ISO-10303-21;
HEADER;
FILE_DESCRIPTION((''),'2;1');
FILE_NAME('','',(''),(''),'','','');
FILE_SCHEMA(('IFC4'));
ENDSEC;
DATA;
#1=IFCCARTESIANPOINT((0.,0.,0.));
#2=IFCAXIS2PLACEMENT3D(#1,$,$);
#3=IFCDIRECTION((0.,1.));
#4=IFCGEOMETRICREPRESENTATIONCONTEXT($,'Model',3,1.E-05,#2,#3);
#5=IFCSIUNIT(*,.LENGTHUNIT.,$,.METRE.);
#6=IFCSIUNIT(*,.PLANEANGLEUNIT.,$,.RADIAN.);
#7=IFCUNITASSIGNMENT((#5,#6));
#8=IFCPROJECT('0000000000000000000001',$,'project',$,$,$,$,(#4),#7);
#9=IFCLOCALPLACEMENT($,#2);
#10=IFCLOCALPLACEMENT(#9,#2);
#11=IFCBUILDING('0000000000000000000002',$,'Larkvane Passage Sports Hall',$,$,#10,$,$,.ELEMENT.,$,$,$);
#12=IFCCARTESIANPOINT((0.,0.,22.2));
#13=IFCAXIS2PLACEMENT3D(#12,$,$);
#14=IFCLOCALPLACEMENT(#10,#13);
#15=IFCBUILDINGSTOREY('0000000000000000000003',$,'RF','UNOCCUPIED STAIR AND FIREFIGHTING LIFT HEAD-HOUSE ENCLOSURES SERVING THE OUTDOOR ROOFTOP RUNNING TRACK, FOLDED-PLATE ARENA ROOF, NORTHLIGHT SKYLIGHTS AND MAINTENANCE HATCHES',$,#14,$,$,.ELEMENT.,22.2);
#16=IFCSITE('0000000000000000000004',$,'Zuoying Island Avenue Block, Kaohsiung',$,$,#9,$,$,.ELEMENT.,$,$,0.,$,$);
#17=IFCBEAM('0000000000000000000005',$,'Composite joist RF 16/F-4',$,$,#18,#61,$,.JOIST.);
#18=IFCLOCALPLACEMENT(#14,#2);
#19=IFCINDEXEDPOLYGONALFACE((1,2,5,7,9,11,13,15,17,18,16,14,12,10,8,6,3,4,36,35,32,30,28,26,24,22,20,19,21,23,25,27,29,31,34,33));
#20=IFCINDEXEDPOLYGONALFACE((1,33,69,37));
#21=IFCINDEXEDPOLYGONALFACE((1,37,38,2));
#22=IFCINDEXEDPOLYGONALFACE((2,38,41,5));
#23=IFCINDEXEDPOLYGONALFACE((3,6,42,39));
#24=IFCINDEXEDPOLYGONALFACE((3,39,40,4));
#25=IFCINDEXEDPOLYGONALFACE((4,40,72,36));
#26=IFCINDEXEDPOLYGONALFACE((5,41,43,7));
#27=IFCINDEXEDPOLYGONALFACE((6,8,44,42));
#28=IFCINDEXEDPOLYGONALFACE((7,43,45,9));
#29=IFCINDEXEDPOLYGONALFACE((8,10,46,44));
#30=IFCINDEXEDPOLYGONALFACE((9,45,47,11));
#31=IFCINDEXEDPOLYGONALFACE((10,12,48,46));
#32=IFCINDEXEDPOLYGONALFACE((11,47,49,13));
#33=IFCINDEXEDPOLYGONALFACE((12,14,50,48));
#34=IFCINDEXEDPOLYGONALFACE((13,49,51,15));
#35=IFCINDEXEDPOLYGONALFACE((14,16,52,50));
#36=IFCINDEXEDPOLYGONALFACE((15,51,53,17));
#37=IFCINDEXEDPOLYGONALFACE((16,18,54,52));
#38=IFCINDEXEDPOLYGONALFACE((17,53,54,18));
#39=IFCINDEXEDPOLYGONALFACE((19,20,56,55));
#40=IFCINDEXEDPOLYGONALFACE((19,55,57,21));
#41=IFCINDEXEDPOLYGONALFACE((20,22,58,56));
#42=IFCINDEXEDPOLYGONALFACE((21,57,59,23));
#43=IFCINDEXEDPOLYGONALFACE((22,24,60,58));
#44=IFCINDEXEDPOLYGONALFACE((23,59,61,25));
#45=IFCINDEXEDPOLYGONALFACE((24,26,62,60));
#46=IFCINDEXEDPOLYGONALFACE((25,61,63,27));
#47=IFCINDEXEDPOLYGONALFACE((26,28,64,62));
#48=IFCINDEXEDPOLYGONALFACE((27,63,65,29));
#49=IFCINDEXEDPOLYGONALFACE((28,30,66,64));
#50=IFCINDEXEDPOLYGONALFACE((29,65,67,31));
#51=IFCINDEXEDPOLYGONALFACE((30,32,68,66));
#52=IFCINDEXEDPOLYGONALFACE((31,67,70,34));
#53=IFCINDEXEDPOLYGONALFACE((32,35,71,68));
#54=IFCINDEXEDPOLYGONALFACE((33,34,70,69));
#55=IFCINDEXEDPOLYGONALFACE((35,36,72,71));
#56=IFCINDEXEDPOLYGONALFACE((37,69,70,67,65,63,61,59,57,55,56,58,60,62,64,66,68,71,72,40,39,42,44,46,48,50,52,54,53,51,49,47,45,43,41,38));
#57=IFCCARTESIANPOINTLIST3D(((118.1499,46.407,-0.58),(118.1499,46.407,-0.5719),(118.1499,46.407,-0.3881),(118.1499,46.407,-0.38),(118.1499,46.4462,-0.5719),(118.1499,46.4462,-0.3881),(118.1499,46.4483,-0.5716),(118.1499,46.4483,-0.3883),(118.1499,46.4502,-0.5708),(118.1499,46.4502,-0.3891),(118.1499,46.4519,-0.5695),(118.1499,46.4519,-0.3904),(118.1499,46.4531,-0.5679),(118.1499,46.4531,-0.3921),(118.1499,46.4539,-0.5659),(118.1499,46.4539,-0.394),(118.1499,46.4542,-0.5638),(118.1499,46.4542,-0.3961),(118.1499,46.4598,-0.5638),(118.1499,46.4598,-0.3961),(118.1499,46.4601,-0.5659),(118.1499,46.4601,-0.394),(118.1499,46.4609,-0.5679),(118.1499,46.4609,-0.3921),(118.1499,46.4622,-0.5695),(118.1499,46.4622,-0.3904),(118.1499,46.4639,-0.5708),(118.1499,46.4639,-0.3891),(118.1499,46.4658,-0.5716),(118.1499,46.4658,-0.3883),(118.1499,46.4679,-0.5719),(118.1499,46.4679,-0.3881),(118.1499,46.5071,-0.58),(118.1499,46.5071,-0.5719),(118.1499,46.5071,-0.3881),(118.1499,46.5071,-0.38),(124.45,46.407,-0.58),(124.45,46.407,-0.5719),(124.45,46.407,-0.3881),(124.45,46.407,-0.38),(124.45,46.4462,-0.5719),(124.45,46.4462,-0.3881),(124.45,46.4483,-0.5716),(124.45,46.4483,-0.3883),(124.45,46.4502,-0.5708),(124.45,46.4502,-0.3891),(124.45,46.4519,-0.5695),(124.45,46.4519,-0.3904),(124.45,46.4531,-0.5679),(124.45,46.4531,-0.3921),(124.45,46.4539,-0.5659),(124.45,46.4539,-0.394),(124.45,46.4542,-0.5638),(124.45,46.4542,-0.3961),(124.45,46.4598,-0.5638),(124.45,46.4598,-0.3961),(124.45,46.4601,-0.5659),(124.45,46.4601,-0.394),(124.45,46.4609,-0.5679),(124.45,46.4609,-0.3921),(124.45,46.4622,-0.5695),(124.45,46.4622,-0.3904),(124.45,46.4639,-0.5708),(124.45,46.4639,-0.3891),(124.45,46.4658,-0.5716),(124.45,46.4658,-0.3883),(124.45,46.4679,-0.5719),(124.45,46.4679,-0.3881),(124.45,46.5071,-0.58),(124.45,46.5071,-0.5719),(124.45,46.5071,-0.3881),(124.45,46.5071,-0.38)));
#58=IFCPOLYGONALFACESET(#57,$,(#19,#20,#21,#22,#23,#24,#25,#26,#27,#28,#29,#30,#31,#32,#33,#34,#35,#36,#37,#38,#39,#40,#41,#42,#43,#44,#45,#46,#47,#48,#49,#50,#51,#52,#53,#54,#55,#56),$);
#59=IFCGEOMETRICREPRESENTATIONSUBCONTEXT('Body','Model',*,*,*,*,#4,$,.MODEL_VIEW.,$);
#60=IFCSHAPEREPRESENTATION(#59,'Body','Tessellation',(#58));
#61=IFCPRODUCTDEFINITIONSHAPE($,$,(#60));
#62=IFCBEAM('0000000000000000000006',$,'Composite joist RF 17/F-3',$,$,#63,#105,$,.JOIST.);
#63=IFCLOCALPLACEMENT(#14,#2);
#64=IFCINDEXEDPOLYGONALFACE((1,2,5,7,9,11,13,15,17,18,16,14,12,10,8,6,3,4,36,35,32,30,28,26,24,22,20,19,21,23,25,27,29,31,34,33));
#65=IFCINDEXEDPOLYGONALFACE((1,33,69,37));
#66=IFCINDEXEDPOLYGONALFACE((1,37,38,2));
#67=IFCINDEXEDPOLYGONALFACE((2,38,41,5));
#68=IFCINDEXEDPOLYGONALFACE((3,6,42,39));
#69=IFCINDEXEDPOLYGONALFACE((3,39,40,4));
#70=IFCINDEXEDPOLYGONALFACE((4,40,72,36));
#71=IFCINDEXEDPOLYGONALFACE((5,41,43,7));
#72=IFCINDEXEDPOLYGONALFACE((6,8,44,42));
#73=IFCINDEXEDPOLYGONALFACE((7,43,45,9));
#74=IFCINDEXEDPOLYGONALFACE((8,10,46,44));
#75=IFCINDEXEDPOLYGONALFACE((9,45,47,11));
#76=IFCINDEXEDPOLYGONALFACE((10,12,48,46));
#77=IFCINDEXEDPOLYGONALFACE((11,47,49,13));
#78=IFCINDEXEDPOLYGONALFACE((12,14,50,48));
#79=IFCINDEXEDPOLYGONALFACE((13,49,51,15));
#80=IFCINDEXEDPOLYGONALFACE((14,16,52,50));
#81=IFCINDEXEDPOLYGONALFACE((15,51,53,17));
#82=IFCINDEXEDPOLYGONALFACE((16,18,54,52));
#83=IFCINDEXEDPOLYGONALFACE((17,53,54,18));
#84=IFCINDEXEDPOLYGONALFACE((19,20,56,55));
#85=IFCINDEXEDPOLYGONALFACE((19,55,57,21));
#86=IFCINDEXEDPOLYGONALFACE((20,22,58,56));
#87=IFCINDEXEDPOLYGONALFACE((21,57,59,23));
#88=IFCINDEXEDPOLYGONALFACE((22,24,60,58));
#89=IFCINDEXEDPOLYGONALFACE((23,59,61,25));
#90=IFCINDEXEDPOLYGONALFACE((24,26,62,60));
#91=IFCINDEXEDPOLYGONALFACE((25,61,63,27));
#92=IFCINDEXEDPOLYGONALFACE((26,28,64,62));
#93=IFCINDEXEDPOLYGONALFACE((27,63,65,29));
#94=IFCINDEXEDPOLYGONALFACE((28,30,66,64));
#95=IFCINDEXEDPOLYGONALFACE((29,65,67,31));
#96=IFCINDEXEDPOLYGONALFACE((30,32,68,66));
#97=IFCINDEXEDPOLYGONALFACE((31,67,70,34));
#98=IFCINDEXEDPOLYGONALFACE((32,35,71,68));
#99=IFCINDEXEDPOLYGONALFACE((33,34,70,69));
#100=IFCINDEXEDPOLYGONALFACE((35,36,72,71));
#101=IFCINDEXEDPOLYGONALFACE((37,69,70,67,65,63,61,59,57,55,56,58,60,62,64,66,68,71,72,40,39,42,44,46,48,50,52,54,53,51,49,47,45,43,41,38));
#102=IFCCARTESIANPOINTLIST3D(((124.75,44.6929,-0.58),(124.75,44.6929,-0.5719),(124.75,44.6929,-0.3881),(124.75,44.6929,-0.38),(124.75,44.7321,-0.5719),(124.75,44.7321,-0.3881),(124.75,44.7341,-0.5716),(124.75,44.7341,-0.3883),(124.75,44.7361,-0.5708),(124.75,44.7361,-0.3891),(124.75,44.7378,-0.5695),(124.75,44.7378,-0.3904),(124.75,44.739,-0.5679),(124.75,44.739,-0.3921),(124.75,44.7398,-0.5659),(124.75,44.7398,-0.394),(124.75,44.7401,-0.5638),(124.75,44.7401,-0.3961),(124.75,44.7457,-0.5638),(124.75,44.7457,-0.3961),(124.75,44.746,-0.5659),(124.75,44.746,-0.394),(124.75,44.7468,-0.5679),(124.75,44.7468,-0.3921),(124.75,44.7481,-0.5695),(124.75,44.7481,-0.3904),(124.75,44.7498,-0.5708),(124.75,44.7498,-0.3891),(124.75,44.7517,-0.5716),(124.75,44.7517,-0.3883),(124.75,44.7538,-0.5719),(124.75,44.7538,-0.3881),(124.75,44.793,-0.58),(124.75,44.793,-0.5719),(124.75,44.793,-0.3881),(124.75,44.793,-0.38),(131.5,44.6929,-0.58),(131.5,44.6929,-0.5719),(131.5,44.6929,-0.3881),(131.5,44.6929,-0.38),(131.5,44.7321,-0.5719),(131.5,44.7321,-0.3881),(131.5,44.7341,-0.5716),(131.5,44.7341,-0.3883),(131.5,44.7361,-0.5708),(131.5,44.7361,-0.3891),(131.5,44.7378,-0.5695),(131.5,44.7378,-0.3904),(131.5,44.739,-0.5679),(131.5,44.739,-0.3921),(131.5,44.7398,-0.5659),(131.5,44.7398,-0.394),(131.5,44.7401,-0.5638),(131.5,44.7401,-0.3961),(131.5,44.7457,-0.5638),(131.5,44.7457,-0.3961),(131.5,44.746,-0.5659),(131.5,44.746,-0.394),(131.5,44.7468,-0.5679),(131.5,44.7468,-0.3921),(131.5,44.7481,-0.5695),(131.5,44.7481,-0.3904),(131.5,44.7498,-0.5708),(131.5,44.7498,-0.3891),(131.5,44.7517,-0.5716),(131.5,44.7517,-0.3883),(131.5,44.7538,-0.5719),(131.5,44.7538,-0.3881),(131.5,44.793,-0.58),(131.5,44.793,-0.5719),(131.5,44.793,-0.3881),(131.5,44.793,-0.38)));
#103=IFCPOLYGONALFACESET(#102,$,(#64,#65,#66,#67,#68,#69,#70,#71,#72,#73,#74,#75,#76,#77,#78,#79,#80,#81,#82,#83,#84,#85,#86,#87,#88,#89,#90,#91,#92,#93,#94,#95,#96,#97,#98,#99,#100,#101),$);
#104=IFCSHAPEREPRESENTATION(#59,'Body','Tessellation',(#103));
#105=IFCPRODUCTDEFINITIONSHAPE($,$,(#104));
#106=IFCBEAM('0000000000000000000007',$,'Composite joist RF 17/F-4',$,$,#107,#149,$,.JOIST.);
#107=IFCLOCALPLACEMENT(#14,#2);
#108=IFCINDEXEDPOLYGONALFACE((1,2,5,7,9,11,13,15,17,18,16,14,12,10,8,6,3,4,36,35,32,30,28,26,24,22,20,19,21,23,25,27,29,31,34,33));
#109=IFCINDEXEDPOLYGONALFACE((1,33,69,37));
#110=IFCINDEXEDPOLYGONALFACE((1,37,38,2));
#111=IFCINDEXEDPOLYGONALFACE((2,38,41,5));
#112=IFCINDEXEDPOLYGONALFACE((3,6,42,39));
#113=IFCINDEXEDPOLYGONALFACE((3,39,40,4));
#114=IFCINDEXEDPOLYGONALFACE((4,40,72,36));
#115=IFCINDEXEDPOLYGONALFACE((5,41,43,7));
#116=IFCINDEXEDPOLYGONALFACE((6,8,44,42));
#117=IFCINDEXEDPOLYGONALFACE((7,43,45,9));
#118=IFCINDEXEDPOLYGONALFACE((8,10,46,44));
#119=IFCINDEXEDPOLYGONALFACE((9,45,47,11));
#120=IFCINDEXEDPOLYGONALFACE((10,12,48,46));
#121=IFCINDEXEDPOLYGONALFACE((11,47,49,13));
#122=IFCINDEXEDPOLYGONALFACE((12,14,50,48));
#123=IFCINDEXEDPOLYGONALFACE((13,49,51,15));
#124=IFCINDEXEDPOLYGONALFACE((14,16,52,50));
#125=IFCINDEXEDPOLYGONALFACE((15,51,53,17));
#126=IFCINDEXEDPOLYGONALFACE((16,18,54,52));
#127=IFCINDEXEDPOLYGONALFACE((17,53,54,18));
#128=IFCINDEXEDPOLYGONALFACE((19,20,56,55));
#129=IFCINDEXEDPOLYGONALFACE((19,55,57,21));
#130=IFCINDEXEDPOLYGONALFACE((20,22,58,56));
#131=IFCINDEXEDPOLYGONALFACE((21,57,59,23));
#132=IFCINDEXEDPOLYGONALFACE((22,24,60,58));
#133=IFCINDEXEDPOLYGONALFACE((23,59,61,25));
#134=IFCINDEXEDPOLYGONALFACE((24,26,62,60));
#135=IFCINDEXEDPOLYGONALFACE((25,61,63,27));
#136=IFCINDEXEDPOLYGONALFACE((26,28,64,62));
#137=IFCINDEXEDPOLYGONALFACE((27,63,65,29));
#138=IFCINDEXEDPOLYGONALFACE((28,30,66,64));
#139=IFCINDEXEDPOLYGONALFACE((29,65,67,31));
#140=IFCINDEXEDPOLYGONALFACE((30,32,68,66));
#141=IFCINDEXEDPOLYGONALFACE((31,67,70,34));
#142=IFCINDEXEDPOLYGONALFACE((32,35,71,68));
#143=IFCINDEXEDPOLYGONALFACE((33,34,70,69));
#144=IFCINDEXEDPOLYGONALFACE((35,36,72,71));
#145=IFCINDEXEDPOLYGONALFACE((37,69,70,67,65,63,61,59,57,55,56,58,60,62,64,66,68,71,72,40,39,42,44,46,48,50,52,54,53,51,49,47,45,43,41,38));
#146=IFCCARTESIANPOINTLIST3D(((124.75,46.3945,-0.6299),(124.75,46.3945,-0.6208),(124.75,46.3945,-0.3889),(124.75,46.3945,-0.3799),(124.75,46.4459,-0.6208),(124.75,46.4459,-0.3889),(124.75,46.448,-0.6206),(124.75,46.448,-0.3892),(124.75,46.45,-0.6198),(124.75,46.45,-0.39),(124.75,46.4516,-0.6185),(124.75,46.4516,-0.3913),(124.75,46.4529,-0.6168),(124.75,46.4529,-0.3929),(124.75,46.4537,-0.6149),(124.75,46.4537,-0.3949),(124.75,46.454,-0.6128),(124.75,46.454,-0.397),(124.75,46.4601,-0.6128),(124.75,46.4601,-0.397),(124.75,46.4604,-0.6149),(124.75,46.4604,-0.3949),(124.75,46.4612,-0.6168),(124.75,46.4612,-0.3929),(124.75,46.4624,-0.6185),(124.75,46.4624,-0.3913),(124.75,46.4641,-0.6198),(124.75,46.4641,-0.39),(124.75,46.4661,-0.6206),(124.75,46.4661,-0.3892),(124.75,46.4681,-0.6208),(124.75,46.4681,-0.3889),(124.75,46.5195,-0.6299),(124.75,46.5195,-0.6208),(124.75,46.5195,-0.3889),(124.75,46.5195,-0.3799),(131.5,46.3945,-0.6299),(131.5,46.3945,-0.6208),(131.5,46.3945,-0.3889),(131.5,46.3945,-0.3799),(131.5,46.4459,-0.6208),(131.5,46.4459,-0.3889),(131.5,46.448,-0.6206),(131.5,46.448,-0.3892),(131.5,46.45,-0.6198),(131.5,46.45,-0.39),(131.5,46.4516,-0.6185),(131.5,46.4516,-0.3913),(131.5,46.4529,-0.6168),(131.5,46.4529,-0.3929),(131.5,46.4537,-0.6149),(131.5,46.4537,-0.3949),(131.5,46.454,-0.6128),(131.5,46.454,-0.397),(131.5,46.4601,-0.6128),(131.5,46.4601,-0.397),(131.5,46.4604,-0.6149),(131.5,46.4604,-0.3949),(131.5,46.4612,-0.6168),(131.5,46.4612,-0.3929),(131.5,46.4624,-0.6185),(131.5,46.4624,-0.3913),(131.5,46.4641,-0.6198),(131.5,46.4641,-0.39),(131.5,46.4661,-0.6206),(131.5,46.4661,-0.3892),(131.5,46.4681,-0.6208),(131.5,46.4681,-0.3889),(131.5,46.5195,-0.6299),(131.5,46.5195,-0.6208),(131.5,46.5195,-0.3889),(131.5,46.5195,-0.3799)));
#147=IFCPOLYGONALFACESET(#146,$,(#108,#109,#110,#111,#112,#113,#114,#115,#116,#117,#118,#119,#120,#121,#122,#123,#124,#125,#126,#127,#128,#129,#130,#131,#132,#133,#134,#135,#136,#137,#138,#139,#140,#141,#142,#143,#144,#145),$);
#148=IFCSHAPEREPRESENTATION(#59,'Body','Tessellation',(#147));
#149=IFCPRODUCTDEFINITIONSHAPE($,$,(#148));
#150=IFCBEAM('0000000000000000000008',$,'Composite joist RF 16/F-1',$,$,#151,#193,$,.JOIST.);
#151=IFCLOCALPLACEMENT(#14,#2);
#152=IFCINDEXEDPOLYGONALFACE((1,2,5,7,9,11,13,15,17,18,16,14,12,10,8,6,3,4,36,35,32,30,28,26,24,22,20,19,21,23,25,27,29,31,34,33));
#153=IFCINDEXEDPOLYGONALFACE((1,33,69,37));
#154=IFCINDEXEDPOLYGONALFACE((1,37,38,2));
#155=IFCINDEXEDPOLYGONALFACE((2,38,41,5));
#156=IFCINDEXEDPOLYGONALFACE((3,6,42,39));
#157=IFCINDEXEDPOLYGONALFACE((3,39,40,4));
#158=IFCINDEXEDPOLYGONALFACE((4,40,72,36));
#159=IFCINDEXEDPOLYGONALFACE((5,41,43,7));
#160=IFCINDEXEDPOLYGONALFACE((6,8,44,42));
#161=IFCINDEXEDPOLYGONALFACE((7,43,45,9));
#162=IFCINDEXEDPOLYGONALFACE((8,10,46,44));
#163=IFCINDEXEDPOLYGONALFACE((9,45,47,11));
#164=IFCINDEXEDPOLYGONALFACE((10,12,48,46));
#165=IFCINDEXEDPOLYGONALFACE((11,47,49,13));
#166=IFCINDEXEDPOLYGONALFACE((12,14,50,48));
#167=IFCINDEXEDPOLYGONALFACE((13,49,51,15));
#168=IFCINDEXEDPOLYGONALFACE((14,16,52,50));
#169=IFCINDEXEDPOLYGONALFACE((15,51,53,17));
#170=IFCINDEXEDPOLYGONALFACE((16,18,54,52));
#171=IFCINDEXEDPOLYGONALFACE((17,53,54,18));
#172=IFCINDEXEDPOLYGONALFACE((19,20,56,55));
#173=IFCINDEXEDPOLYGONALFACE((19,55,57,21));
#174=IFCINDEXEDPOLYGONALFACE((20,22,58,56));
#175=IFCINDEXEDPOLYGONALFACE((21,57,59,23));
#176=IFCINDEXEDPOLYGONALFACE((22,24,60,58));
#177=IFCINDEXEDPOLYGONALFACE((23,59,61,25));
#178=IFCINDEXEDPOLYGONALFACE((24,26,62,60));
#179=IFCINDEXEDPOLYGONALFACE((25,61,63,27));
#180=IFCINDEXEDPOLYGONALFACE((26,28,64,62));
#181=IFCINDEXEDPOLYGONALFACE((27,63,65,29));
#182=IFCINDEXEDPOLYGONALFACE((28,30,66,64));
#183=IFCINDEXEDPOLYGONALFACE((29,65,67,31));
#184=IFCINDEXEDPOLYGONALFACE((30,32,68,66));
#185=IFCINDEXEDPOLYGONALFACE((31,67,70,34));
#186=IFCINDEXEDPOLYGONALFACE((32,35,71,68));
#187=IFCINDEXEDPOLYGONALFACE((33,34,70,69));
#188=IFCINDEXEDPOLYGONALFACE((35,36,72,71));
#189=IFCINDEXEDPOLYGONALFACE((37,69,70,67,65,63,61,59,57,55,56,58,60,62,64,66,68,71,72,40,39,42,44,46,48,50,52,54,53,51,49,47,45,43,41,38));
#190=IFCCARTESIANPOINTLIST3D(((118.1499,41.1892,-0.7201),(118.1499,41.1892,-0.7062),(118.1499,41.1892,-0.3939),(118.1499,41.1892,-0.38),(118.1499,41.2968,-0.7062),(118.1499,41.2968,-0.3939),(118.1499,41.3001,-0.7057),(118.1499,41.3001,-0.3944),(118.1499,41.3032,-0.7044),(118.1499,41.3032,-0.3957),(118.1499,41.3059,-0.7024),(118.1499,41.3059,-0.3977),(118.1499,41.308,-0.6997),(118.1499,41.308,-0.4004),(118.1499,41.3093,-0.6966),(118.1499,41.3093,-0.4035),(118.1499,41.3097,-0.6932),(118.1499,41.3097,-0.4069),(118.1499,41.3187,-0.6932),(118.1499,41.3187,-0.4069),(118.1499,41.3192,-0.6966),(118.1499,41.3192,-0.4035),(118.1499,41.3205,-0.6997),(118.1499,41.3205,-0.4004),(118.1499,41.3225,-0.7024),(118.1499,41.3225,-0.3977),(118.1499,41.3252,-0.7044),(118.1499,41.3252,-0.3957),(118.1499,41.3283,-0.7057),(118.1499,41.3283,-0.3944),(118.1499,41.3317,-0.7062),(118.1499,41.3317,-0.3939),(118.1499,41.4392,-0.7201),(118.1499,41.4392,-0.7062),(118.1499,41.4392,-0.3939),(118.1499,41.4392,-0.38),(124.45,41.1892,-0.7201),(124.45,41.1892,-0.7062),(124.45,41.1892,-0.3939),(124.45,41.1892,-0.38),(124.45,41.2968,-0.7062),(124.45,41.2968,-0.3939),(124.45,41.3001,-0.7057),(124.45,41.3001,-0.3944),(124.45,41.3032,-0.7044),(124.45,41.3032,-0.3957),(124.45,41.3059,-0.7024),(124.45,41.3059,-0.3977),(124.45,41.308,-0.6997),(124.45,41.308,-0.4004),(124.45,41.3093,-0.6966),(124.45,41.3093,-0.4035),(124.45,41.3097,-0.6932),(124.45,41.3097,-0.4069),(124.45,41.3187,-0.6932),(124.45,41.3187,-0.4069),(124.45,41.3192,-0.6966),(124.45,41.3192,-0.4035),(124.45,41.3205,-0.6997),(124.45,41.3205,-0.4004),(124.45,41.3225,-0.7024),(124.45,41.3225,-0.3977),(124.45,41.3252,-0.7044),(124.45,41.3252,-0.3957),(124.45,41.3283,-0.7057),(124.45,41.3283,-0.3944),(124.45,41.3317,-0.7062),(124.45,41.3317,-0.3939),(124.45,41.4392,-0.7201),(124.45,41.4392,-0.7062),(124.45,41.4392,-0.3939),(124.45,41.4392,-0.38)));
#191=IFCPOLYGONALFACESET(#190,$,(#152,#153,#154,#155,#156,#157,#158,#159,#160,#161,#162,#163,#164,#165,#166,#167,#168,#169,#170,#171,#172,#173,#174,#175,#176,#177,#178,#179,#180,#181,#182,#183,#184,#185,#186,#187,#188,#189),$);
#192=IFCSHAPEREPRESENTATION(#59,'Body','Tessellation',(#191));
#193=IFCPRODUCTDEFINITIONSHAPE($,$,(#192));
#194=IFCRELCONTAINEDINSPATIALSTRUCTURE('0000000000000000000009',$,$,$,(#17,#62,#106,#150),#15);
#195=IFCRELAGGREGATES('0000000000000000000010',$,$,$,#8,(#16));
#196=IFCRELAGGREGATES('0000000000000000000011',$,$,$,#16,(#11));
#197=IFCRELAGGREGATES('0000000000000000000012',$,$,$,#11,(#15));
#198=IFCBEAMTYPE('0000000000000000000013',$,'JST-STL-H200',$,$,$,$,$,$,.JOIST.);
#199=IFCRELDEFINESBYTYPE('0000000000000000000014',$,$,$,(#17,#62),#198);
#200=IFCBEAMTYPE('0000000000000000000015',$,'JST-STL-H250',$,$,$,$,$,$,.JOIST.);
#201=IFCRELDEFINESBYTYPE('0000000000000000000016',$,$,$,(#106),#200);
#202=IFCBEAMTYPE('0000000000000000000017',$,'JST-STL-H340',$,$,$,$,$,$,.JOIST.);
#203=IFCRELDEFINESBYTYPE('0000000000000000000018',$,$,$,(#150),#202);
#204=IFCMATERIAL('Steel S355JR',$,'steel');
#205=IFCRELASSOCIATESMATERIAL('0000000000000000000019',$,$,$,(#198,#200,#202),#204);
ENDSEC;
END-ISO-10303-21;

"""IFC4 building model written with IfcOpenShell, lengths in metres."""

from ifc_helpers import new_model, si_unit, direction, frame, origin, origin_2d, place, context, subcontext, project, spatial, i_section, extrude, material, material_profile, profile_set, type_object, element, save


model = new_model("IFC4")

# Units and contexts
model_context = context("Model", 3, precision=1e-05, world=origin(), true_north=direction((0.0, 1.0)))
body_context = subcontext(model_context, "Body", "Model", "MODEL_VIEW")
ifc_project = project(units=[si_unit("LENGTHUNIT", "METRE"), si_unit("PLANEANGLEUNIT", "RADIAN")], contexts=[model_context])

# Site, building, storey
site_placement = place(None, origin())
site = spatial("IfcSite", under=ifc_project, at=site_placement, Name="Zuoying Island Avenue Block, Kaohsiung", CompositionType="ELEMENT", RefElevation=0.0)
building_placement = place(site_placement, origin())
building = spatial("IfcBuilding", under=site, at=building_placement, Name="Larkvane Passage Sports Hall", CompositionType="ELEMENT")
storey_placement = place(building_placement, frame((0.0, 0.0, 22.2)))
storey = spatial("IfcBuildingStorey", under=building, at=storey_placement, Name="RF", Description="UNOCCUPIED STAIR AND FIREFIGHTING LIFT HEAD-HOUSE ENCLOSURES SERVING THE OUTDOOR ROOFTOP RUNNING TRACK, FOLDED-PLATE ARENA ROOF, NORTHLIGHT SKYLIGHTS AND MAINTENANCE HATCHES", CompositionType="ELEMENT", Elevation=22.2)

# Beams
ifc_material_1 = material(Name="Steel S355JR", Category="steel")
ifc_material_profile_1 = material_profile(ifc_material_1, i_section(OverallWidth=0.1001, OverallDepth=0.2, WebThickness=0.0056, FlangeThickness=0.0081, FilletRadius=0.0081, at=origin_2d()), Name="H-200x100x5.5x8")
ifc_profile_set_1 = profile_set([ifc_material_profile_1], Name="Steel S355JR")
beam_type_1 = type_object("IfcBeamType", Name="JST-STL-H200", PredefinedType="JOIST", material=ifc_profile_set_1)
beam_1_placement = place(storey_placement, frame((118.1499, 46.457, -0.48), z_axis=(1.0, 0.0, 0.0), x_axis=(0.0, 1.0, 0.0)))
element("IfcBeam", 1, at=beam_1_placement, inside=storey, type_object=beam_type_1, Name="Composite joist RF 16/F-4", PredefinedType="JOIST", context=body_context, shape_type="SweptSolid", body=[
    extrude(i_section(OverallWidth=0.1001, OverallDepth=0.2, WebThickness=0.0056, FlangeThickness=0.0081, FilletRadius=0.0081, at=origin_2d()), origin(), (0.0, 0.0, 1.0), 6.3),
])
beam_2_placement = place(storey_placement, frame((124.75, 44.7429, -0.48), z_axis=(1.0, 0.0, 0.0), x_axis=(0.0, 1.0, 0.0)))
element("IfcBeam", 2, at=beam_2_placement, inside=storey, type_object=beam_type_1, Name="Composite joist RF 17/F-3", PredefinedType="JOIST", context=body_context, shape_type="SweptSolid", body=[
    extrude(i_section(OverallWidth=0.1001, OverallDepth=0.2, WebThickness=0.0056, FlangeThickness=0.0081, FilletRadius=0.0081, at=origin_2d()), origin(), (0.0, 0.0, 1.0), 6.75),
])
ifc_material_profile_2 = material_profile(ifc_material_1, i_section(OverallWidth=0.125, OverallDepth=0.25, WebThickness=0.0061, FlangeThickness=0.009, FilletRadius=0.0081, at=origin_2d()), Name="H-250x125x6x9")
ifc_profile_set_2 = profile_set([ifc_material_profile_2], Name="Steel S355JR")
beam_type_2 = type_object("IfcBeamType", Name="JST-STL-H250", PredefinedType="JOIST", material=ifc_profile_set_2)
beam_3_placement = place(storey_placement, frame((124.75, 46.457, -0.5049), z_axis=(1.0, 0.0, 0.0), x_axis=(0.0, 1.0, 0.0)))
element("IfcBeam", 3, at=beam_3_placement, inside=storey, type_object=beam_type_2, Name="Composite joist RF 17/F-4", PredefinedType="JOIST", context=body_context, shape_type="SweptSolid", body=[
    extrude(i_section(OverallWidth=0.125, OverallDepth=0.25, WebThickness=0.0061, FlangeThickness=0.009, FilletRadius=0.0081, at=origin_2d()), origin(), (0.0, 0.0, 1.0), 6.75),
])
ifc_material_profile_3 = material_profile(ifc_material_1, i_section(OverallWidth=0.25, OverallDepth=0.3401, WebThickness=0.009, FlangeThickness=0.0139, FilletRadius=0.0129, at=origin_2d()), Name="H-340x250x9x14")
ifc_profile_set_3 = profile_set([ifc_material_profile_3], Name="Steel S355JR")
beam_type_3 = type_object("IfcBeamType", Name="JST-STL-H340", PredefinedType="JOIST", material=ifc_profile_set_3)
beam_4_placement = place(storey_placement, frame((118.1499, 41.3142, -0.55), z_axis=(1.0, 0.0, 0.0), x_axis=(0.0, 1.0, 0.0)))
element("IfcBeam", 4, at=beam_4_placement, inside=storey, type_object=beam_type_3, Name="Composite joist RF 16/F-1", PredefinedType="JOIST", context=body_context, shape_type="SweptSolid", body=[
    extrude(i_section(OverallWidth=0.25, OverallDepth=0.3401, WebThickness=0.009, FlangeThickness=0.0139, FilletRadius=0.0129, at=origin_2d()), origin(), (0.0, 0.0, 1.0), 6.3),
])

save(model, "model.ifc")
